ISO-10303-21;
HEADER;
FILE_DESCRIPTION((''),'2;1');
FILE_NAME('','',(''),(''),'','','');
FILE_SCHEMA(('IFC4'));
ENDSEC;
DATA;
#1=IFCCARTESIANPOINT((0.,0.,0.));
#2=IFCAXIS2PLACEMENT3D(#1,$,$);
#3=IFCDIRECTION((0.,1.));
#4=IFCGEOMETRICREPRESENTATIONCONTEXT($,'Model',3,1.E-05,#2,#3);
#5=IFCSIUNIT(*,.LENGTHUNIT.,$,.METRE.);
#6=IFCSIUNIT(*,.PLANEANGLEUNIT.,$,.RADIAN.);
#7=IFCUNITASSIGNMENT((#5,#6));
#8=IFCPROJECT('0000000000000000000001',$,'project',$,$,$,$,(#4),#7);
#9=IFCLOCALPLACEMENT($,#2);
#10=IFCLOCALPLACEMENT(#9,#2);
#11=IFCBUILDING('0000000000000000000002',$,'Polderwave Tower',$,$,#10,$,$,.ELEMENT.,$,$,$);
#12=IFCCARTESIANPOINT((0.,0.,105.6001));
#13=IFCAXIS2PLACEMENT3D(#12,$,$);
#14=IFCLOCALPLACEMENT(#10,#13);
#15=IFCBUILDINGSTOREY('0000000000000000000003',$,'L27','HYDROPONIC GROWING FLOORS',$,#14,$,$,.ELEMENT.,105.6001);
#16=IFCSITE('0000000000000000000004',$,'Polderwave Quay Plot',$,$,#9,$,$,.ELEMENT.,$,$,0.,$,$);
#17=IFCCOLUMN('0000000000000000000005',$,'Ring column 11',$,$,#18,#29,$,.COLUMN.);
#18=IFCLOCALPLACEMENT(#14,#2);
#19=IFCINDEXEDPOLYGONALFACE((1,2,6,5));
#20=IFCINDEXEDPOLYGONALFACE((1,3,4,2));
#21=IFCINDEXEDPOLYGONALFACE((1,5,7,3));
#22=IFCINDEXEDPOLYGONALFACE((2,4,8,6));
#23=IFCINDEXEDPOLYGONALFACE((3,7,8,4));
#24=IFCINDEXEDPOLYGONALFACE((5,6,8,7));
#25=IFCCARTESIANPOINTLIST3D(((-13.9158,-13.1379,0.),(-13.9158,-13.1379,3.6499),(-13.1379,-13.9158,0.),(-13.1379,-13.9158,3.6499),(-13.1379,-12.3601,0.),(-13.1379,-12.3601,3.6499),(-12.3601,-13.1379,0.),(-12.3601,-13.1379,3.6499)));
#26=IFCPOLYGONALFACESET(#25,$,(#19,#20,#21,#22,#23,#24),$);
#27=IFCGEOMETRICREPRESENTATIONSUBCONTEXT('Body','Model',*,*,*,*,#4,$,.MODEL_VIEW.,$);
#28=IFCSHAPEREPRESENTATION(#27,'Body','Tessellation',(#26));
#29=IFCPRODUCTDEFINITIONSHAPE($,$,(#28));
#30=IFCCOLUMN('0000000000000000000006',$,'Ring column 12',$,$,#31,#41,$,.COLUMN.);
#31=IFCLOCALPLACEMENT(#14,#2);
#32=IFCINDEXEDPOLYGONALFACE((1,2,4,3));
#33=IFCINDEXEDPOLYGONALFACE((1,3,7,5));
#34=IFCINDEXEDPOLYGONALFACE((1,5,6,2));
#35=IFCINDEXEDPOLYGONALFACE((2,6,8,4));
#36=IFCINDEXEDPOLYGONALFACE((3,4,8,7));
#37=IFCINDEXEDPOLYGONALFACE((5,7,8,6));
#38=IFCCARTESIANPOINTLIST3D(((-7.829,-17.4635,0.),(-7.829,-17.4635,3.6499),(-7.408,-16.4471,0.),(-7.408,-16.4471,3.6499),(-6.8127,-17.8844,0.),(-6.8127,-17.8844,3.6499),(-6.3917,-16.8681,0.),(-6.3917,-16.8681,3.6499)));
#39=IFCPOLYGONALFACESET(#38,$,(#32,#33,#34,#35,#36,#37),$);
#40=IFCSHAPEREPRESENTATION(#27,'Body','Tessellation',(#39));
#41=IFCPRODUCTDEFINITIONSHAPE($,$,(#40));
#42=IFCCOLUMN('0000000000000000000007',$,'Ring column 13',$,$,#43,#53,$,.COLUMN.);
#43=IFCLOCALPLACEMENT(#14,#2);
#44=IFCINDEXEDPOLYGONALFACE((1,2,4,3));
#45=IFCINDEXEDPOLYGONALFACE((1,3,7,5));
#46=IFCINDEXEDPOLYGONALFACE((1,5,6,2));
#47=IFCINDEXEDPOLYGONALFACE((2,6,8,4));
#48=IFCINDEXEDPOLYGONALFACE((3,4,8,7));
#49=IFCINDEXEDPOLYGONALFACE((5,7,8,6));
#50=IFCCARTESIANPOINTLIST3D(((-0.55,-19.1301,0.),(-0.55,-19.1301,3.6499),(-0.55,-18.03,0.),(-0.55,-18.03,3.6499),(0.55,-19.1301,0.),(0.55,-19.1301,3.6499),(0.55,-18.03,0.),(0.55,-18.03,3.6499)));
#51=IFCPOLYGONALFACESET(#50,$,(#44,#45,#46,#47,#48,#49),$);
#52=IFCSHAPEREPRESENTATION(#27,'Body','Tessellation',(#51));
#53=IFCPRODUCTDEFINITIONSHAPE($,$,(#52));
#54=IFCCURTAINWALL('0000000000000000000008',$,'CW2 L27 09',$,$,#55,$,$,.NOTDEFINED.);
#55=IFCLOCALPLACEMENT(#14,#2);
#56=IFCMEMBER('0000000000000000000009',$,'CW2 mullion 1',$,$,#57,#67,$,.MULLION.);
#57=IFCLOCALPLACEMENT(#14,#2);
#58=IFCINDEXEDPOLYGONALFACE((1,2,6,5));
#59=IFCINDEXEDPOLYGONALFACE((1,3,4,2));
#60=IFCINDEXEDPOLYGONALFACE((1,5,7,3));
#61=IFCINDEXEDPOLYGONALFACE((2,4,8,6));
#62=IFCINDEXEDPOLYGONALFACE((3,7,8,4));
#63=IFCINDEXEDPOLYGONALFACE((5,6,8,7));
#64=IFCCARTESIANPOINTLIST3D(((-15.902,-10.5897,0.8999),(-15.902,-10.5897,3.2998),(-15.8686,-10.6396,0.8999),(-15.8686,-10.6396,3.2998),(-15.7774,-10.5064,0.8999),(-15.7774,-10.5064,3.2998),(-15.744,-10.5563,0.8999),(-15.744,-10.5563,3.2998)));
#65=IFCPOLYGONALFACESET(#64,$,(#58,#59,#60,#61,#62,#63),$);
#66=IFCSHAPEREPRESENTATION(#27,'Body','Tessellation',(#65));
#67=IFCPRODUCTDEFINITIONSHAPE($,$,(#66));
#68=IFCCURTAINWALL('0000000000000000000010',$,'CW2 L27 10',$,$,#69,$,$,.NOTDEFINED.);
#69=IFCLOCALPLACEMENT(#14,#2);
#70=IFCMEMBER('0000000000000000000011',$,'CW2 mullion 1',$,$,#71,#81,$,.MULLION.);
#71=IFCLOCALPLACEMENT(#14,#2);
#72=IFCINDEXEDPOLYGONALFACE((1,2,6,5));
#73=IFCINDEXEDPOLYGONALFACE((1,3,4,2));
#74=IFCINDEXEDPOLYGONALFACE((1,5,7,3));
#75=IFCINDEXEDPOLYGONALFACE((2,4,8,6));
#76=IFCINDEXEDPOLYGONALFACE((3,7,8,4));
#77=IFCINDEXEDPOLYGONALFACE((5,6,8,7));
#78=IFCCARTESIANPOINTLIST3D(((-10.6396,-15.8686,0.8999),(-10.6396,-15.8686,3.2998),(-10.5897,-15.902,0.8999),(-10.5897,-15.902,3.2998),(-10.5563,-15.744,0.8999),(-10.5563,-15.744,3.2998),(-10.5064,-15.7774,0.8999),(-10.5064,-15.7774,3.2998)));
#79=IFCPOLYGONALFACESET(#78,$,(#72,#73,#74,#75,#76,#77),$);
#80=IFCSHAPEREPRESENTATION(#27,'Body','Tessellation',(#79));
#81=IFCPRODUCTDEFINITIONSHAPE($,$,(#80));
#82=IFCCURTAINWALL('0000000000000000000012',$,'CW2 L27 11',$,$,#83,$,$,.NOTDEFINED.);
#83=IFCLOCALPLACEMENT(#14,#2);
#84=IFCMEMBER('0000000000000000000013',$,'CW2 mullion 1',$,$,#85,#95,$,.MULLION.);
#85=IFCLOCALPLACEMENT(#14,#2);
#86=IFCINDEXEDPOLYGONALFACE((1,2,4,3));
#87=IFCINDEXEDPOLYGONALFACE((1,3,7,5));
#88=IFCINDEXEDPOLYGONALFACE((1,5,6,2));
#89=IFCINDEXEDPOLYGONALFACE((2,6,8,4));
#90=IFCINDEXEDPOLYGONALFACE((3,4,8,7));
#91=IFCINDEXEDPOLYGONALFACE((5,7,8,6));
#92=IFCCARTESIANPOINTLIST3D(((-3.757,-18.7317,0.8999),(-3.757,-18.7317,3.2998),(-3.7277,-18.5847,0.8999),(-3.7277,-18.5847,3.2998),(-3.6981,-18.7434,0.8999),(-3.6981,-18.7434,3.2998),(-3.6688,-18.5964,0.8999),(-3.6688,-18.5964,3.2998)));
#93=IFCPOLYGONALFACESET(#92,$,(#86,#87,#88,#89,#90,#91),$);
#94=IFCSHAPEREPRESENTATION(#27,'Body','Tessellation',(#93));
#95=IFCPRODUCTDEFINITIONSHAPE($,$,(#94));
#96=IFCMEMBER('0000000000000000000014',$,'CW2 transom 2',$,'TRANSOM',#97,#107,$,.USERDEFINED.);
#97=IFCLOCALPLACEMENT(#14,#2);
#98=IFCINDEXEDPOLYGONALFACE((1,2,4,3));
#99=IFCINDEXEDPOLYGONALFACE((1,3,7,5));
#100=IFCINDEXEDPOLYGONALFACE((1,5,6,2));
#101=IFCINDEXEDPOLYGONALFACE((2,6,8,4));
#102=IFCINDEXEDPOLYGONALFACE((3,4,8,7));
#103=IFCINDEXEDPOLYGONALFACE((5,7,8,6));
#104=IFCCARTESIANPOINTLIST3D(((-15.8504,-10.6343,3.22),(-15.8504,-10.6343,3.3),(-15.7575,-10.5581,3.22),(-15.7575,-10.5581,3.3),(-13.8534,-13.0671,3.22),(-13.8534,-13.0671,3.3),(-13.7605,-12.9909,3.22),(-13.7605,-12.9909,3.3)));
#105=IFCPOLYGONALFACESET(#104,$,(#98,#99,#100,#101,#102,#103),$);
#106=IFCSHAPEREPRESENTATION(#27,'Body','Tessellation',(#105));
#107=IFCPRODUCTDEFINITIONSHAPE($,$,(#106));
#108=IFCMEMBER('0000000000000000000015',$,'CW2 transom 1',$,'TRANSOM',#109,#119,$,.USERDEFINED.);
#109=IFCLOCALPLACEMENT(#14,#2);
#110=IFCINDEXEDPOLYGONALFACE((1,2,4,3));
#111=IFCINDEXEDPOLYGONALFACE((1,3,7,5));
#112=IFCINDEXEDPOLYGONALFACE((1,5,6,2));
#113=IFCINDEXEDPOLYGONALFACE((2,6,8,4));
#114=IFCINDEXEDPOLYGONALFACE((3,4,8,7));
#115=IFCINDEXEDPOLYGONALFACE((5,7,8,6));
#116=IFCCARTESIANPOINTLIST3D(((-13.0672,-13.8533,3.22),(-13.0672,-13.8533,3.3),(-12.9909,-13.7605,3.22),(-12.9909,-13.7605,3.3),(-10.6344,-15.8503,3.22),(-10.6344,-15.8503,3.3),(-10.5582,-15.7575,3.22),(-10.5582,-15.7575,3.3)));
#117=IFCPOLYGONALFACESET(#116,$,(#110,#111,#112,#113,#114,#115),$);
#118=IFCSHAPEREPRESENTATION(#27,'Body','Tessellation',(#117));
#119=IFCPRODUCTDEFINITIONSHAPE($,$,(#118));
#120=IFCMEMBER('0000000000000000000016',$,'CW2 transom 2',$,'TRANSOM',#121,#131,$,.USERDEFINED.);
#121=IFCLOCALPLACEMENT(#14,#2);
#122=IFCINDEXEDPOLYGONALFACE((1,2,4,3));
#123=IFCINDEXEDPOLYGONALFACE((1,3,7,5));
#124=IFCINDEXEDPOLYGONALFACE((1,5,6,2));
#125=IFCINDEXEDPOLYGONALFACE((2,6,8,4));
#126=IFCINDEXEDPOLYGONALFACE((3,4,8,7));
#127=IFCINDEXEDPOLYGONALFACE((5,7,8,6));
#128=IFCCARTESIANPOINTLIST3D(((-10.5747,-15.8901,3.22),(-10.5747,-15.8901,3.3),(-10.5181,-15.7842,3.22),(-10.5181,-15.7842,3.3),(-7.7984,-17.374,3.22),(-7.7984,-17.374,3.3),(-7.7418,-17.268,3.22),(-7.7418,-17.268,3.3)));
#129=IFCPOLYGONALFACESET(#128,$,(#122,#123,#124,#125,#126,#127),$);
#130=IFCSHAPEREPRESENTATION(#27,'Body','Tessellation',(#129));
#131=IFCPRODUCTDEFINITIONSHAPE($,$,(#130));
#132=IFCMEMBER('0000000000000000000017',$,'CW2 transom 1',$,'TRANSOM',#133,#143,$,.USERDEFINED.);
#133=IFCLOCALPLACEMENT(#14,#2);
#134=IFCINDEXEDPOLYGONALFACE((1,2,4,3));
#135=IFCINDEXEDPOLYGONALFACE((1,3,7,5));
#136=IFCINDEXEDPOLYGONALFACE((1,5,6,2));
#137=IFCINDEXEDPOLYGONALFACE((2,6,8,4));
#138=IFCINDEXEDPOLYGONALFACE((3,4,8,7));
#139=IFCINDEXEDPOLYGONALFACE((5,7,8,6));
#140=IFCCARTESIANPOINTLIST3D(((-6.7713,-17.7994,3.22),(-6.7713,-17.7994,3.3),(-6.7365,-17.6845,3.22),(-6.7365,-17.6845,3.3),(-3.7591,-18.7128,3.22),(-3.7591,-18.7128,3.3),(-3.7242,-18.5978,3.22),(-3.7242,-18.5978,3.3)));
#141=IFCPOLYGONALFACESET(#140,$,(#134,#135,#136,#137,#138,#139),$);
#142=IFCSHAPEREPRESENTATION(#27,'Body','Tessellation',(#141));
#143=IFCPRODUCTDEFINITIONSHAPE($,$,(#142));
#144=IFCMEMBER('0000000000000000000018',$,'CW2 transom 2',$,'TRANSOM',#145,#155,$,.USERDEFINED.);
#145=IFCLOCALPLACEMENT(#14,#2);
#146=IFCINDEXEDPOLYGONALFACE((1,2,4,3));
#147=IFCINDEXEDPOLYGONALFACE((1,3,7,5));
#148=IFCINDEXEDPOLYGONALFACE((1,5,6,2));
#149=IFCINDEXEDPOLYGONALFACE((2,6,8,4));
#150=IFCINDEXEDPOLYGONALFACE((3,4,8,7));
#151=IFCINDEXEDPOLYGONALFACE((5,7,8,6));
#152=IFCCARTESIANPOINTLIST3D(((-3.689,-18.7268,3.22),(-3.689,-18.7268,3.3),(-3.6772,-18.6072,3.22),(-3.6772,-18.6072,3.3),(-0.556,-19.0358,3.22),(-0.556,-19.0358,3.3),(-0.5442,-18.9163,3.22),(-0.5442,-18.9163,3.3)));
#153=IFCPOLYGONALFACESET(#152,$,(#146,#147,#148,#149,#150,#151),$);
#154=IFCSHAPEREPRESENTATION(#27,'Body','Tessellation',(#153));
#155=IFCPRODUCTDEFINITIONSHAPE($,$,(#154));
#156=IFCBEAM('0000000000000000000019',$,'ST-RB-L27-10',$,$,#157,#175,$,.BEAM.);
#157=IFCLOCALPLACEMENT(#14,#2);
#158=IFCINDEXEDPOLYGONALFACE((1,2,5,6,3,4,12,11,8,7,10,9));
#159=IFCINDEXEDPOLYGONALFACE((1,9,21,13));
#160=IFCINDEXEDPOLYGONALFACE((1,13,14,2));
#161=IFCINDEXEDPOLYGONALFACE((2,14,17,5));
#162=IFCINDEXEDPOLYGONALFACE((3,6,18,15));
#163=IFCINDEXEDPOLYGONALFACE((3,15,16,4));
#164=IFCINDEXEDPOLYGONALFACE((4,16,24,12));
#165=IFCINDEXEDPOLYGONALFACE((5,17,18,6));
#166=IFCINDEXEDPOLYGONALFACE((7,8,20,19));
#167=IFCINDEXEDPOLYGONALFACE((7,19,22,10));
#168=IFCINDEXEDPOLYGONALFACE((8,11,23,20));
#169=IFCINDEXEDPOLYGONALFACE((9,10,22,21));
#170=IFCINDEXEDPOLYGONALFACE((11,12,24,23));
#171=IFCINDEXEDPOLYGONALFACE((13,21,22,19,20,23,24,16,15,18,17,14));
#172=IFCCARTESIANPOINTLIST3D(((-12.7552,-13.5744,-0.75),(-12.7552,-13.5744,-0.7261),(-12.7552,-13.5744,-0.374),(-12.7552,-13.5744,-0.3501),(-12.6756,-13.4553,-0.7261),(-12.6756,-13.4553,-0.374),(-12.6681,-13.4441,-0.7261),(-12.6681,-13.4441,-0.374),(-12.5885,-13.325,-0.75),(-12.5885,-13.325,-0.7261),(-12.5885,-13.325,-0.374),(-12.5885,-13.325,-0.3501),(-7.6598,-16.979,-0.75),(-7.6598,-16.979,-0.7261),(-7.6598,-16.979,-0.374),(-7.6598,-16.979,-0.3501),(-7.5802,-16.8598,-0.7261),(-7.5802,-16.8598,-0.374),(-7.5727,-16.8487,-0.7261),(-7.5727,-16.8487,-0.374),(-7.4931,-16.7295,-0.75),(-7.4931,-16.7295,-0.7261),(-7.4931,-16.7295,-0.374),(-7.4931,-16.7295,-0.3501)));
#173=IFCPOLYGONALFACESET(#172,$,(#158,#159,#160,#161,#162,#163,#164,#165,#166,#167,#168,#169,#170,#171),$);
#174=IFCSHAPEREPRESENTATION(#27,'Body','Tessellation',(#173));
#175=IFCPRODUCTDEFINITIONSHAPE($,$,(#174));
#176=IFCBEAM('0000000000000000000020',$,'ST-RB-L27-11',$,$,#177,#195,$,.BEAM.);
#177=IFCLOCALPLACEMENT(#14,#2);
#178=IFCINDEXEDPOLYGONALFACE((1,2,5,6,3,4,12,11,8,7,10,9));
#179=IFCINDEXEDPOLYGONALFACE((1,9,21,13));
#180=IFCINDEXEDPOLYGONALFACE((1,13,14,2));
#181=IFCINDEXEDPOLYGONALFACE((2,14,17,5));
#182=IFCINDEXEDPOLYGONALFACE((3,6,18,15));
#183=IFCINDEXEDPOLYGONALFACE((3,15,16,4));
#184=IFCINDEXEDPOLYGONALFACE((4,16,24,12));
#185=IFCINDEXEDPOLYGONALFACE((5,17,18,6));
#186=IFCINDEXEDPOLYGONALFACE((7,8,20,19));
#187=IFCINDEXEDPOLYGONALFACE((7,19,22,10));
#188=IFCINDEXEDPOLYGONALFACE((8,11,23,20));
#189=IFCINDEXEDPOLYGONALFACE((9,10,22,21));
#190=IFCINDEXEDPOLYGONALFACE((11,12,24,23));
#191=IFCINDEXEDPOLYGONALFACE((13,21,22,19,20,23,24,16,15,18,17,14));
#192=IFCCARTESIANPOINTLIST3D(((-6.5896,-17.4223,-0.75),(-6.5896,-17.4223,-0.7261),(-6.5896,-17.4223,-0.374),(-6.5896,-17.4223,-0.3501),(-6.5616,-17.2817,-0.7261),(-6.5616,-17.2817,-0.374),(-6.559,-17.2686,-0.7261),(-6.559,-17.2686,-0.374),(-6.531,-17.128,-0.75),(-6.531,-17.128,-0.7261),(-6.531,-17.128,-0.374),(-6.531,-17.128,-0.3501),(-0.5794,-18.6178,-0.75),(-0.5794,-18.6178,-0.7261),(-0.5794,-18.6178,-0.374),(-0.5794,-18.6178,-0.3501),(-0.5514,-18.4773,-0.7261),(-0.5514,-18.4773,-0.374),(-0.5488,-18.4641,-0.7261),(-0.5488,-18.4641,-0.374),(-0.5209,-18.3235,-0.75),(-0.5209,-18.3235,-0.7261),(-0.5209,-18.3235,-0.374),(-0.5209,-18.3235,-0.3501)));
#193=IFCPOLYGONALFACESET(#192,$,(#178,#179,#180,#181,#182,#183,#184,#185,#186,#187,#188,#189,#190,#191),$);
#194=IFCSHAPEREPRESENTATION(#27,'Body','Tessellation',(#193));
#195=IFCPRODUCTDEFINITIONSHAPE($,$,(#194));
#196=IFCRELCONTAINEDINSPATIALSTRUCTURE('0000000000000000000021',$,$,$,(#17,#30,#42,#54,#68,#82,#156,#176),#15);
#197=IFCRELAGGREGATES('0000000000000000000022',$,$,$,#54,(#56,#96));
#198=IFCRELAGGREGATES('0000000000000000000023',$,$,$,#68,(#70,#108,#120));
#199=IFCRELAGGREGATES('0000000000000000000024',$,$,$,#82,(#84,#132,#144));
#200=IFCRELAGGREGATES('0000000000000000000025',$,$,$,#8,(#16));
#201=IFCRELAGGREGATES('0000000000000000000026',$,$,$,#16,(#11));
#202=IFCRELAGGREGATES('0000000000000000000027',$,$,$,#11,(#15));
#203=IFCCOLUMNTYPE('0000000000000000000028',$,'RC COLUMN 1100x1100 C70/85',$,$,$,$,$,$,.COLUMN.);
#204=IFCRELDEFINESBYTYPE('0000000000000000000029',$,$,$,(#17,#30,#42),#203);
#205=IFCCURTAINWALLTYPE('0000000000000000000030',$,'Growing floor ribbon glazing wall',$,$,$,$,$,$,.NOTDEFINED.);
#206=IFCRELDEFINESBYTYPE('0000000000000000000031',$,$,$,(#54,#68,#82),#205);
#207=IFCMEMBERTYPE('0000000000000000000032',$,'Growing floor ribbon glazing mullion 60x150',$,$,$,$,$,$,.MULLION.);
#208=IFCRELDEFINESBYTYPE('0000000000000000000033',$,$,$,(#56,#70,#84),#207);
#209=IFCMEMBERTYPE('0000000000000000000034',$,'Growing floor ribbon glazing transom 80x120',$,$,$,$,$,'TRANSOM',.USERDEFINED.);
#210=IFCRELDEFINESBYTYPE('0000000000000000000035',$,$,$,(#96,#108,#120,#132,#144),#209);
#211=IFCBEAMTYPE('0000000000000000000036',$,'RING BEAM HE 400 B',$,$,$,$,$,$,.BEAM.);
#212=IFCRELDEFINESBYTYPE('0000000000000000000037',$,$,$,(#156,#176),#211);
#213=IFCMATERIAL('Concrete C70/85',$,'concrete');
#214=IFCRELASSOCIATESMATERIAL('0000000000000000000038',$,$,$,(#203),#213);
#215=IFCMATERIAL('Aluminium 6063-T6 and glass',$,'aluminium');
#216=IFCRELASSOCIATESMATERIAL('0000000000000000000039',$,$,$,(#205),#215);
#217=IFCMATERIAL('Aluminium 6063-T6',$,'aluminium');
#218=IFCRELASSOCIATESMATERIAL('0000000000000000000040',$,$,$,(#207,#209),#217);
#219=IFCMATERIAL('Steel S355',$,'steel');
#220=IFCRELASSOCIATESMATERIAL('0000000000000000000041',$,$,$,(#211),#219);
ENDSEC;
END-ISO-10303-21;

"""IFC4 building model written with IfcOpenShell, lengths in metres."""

from ifc_helpers import new_model, si_unit, direction, frame, origin, origin_2d, place, context, subcontext, project, spatial, rectangle, i_section, extrude, material, material_profile, profile_set, type_object, element, aggregate, save


model = new_model("IFC4")

# Units and contexts
model_context = context("Model", 3, precision=1e-05, world=origin(), true_north=direction((0.0, 1.0)))
body_context = subcontext(model_context, "Body", "Model", "MODEL_VIEW")
ifc_project = project(units=[si_unit("LENGTHUNIT", "METRE"), si_unit("PLANEANGLEUNIT", "RADIAN")], contexts=[model_context])

# Site, building, storey
site_placement = place(None, origin())
site = spatial("IfcSite", under=ifc_project, at=site_placement, Name="Polderwave Quay Plot", CompositionType="ELEMENT", RefElevation=0.0)
building_placement = place(site_placement, origin())
building = spatial("IfcBuilding", under=site, at=building_placement, Name="Polderwave Tower", CompositionType="ELEMENT")
storey_placement = place(building_placement, frame((0.0, 0.0, 105.6001)))
storey = spatial("IfcBuildingStorey", under=building, at=storey_placement, Name="L27", Description="HYDROPONIC GROWING FLOORS", CompositionType="ELEMENT", Elevation=105.6001)

# Columns
ifc_material_1 = material(Name="Concrete C70/85", Category="concrete")
ifc_material_profile_1 = material_profile(ifc_material_1, rectangle(XDim=1.1001, YDim=1.1001, at=origin_2d()), Name="RC 1100x1100")
ifc_profile_set_1 = profile_set([ifc_material_profile_1], Name="Concrete C70/85")
column_type = type_object("IfcColumnType", Name="RC COLUMN 1100x1100 C70/85", PredefinedType="COLUMN", material=ifc_profile_set_1)
for number, where, z_axis, x_axis, name in (
    (1, (-13.1379, -13.1379, 0.0), (0.0, 0.0, 1.0), (-0.707107, -0.707107, 0.0), "Ring column 11"),
    (2, (-7.1104, -17.1658, 0.0), (0.0, 0.0, 1.0), (-0.382683, -0.92388, 0.0), "Ring column 12"),
    (3, (0.0, -18.5801, 0.0), (0.0, 0.0, 1.0), (0.0, -1.0, 0.0), "Ring column 13"),
):
    element("IfcColumn", number, at=place(storey_placement, frame(where, z_axis=z_axis, x_axis=x_axis)), inside=storey, type_object=column_type, Name=name, PredefinedType="COLUMN", context=body_context, shape_type="SweptSolid", body=[
        extrude(rectangle(XDim=1.1001, YDim=1.1001, at=origin_2d()), origin(), (0.0, 0.0, 1.0), 3.6499),
    ])

# Curtain walls, members
ifc_material_2 = material(Name="Aluminium 6063-T6 and glass", Category="aluminium")
curtain_wall_type = type_object("IfcCurtainWallType", Name="Growing floor ribbon glazing wall", PredefinedType="NOTDEFINED", material=ifc_material_2)
curtain_wall_1_placement = place(storey_placement, origin())
curtain_wall_1 = element("IfcCurtainWall", 4, at=curtain_wall_1_placement, inside=storey, type_object=curtain_wall_type, Name="CW2 L27 09", PredefinedType="NOTDEFINED")
ifc_material_3 = material(Name="Aluminium 6063-T6", Category="aluminium")
ifc_material_profile_2 = material_profile(ifc_material_3, rectangle(XDim=0.1499, YDim=0.0601, at=origin_2d()), Name="AL 60x150")
ifc_profile_set_2 = profile_set([ifc_material_profile_2], Name="Aluminium 6063-T6")
member_type_1 = type_object("IfcMemberType", Name="Growing floor ribbon glazing mullion 60x150", PredefinedType="MULLION", material=ifc_profile_set_2)
member_1_placement = place(storey_placement, frame((-15.823, -10.573, 0.8999), z_axis=(0.0, 0.0, 1.0), x_axis=(0.83146, 0.555585, 0.0)))
member_1 = element("IfcMember", 5, at=member_1_placement, type_object=member_type_1, Name="CW2 mullion 1", PredefinedType="MULLION", context=body_context, shape_type="SweptSolid", body=[
    extrude(rectangle(XDim=0.1499, YDim=0.0601, at=origin_2d()), origin(), (0.0, 0.0, 1.0), 2.3999),
])
curtain_wall_2_placement = place(storey_placement, origin())
curtain_wall_2 = element("IfcCurtainWall", 6, at=curtain_wall_2_placement, inside=storey, type_object=curtain_wall_type, Name="CW2 L27 10", PredefinedType="NOTDEFINED")
member_2_placement = place(storey_placement, frame((-10.573, -15.823, 0.8999), z_axis=(0.0, 0.0, 1.0), x_axis=(0.555585, 0.83146, 0.0)))
member_2 = element("IfcMember", 7, at=member_2_placement, type_object=member_type_1, Name="CW2 mullion 1", PredefinedType="MULLION", context=body_context, shape_type="SweptSolid", body=[
    extrude(rectangle(XDim=0.1499, YDim=0.0601, at=origin_2d()), origin(), (0.0, 0.0, 1.0), 2.3999),
])
curtain_wall_3_placement = place(storey_placement, origin())
curtain_wall_3 = element("IfcCurtainWall", 8, at=curtain_wall_3_placement, inside=storey, type_object=curtain_wall_type, Name="CW2 L27 11", PredefinedType="NOTDEFINED")
member_3_placement = place(storey_placement, frame((-3.7129, -18.6641, 0.8999), z_axis=(0.0, 0.0, 1.0), x_axis=(0.195092, 0.980785, 0.0)))
member_3 = element("IfcMember", 9, at=member_3_placement, type_object=member_type_1, Name="CW2 mullion 1", PredefinedType="MULLION", context=body_context, shape_type="SweptSolid", body=[
    extrude(rectangle(XDim=0.1499, YDim=0.0601, at=origin_2d()), origin(), (0.0, 0.0, 1.0), 2.3999),
])

# Members
ifc_material_profile_3 = material_profile(ifc_material_3, rectangle(XDim=0.1201, YDim=0.0801, at=origin_2d()), Name="AL 80x120")
ifc_profile_set_3 = profile_set([ifc_material_profile_3], Name="Aluminium 6063-T6")
member_type_2 = type_object("IfcMemberType", Name="Growing floor ribbon glazing transom 80x120", ElementType="TRANSOM", PredefinedType="USERDEFINED", material=ifc_profile_set_3)
member_4_placement = place(storey_placement, frame((-15.804, -10.5962, 3.26), z_axis=(0.634483, -0.772937, 0.0), x_axis=(0.772937, 0.634483, 0.0)))
member_4 = element("IfcMember", 10, at=member_4_placement, type_object=member_type_2, Name="CW2 transom 2", ObjectType="TRANSOM", PredefinedType="USERDEFINED", context=body_context, shape_type="SweptSolid", body=[
    extrude(rectangle(XDim=0.1201, YDim=0.0801, at=origin_2d()), origin(), (0.0, 0.0, 1.0), 3.1475),
])
member_5_placement = place(storey_placement, frame((-13.0291, -13.8069, 3.26), z_axis=(0.772937, -0.634483, 0.0), x_axis=(0.634483, 0.772937, 0.0)))
member_5 = element("IfcMember", 11, at=member_5_placement, type_object=member_type_2, Name="CW2 transom 1", ObjectType="TRANSOM", PredefinedType="USERDEFINED", context=body_context, shape_type="SweptSolid", body=[
    extrude(rectangle(XDim=0.1201, YDim=0.0801, at=origin_2d()), origin(), (0.0, 0.0, 1.0), 3.1475),
])
member_6_placement = place(storey_placement, frame((-10.5464, -15.8372, 3.26), z_axis=(0.881936, -0.471369, 0.0), x_axis=(0.471369, 0.881936, 0.0)))
member_6 = element("IfcMember", 12, at=member_6_placement, type_object=member_type_2, Name="CW2 transom 2", ObjectType="TRANSOM", PredefinedType="USERDEFINED", context=body_context, shape_type="SweptSolid", body=[
    extrude(rectangle(XDim=0.1201, YDim=0.0801, at=origin_2d()), origin(), (0.0, 0.0, 1.0), 3.1479),
])
member_7_placement = place(storey_placement, frame((-6.7539, -17.7419, 3.26), z_axis=(0.956977, -0.290165, 0.0), x_axis=(0.290165, 0.956977, 0.0)))
member_7 = element("IfcMember", 13, at=member_7_placement, type_object=member_type_2, Name="CW2 transom 1", ObjectType="TRANSOM", PredefinedType="USERDEFINED", context=body_context, shape_type="SweptSolid", body=[
    extrude(rectangle(XDim=0.1201, YDim=0.0801, at=origin_2d()), origin(), (0.0, 0.0, 1.0), 3.1477),
])
member_8_placement = place(storey_placement, frame((-3.6831, -18.667, 3.26), z_axis=(0.995169, -0.098175, 0.0), x_axis=(0.098175, 0.995169, 0.0)))
member_8 = element("IfcMember", 14, at=member_8_placement, type_object=member_type_2, Name="CW2 transom 2", ObjectType="TRANSOM", PredefinedType="USERDEFINED", context=body_context, shape_type="SweptSolid", body=[
    extrude(rectangle(XDim=0.1201, YDim=0.0801, at=origin_2d()), origin(), (0.0, 0.0, 1.0), 3.1482),
])

# Beams
ifc_material_4 = material(Name="Steel S355", Category="steel")
ifc_material_profile_4 = material_profile(ifc_material_4, i_section(OverallWidth=0.3, OverallDepth=0.3999, WebThickness=0.0134, FlangeThickness=0.0239, at=origin_2d()), Name="HE 400 B")
ifc_profile_set_4 = profile_set([ifc_material_profile_4], Name="Steel S355")
beam_type = type_object("IfcBeamType", Name="RING BEAM HE 400 B", PredefinedType="BEAM", material=ifc_profile_set_4)
beam_1_placement = place(storey_placement, frame((-12.6719, -13.4497, -0.55), z_axis=(0.83148, -0.555555, 0.0), x_axis=(0.555555, 0.83148, 0.0)))
element("IfcBeam", 15, at=beam_1_placement, inside=storey, type_object=beam_type, Name="ST-RB-L27-10", PredefinedType="BEAM", context=body_context, shape_type="SweptSolid", body=[
    extrude(i_section(OverallWidth=0.3, OverallDepth=0.3999, WebThickness=0.0134, FlangeThickness=0.0239, at=origin_2d()), origin(), (0.0, 0.0, 1.0), 6.1282),
])
beam_2_placement = place(storey_placement, frame((-6.5603, -17.2751, -0.55), z_axis=(0.980784, -0.195097, 0.0), x_axis=(0.195097, 0.980784, 0.0)))
element("IfcBeam", 16, at=beam_2_placement, inside=storey, type_object=beam_type, Name="ST-RB-L27-11", PredefinedType="BEAM", context=body_context, shape_type="SweptSolid", body=[
    extrude(i_section(OverallWidth=0.3, OverallDepth=0.3999, WebThickness=0.0134, FlangeThickness=0.0239, at=origin_2d()), origin(), (0.0, 0.0, 1.0), 6.1279),
])

aggregate(curtain_wall_1, [member_1, member_4])
aggregate(curtain_wall_2, [member_2, member_5, member_6])
aggregate(curtain_wall_3, [member_3, member_7, member_8])

save(model, "model.ifc")
